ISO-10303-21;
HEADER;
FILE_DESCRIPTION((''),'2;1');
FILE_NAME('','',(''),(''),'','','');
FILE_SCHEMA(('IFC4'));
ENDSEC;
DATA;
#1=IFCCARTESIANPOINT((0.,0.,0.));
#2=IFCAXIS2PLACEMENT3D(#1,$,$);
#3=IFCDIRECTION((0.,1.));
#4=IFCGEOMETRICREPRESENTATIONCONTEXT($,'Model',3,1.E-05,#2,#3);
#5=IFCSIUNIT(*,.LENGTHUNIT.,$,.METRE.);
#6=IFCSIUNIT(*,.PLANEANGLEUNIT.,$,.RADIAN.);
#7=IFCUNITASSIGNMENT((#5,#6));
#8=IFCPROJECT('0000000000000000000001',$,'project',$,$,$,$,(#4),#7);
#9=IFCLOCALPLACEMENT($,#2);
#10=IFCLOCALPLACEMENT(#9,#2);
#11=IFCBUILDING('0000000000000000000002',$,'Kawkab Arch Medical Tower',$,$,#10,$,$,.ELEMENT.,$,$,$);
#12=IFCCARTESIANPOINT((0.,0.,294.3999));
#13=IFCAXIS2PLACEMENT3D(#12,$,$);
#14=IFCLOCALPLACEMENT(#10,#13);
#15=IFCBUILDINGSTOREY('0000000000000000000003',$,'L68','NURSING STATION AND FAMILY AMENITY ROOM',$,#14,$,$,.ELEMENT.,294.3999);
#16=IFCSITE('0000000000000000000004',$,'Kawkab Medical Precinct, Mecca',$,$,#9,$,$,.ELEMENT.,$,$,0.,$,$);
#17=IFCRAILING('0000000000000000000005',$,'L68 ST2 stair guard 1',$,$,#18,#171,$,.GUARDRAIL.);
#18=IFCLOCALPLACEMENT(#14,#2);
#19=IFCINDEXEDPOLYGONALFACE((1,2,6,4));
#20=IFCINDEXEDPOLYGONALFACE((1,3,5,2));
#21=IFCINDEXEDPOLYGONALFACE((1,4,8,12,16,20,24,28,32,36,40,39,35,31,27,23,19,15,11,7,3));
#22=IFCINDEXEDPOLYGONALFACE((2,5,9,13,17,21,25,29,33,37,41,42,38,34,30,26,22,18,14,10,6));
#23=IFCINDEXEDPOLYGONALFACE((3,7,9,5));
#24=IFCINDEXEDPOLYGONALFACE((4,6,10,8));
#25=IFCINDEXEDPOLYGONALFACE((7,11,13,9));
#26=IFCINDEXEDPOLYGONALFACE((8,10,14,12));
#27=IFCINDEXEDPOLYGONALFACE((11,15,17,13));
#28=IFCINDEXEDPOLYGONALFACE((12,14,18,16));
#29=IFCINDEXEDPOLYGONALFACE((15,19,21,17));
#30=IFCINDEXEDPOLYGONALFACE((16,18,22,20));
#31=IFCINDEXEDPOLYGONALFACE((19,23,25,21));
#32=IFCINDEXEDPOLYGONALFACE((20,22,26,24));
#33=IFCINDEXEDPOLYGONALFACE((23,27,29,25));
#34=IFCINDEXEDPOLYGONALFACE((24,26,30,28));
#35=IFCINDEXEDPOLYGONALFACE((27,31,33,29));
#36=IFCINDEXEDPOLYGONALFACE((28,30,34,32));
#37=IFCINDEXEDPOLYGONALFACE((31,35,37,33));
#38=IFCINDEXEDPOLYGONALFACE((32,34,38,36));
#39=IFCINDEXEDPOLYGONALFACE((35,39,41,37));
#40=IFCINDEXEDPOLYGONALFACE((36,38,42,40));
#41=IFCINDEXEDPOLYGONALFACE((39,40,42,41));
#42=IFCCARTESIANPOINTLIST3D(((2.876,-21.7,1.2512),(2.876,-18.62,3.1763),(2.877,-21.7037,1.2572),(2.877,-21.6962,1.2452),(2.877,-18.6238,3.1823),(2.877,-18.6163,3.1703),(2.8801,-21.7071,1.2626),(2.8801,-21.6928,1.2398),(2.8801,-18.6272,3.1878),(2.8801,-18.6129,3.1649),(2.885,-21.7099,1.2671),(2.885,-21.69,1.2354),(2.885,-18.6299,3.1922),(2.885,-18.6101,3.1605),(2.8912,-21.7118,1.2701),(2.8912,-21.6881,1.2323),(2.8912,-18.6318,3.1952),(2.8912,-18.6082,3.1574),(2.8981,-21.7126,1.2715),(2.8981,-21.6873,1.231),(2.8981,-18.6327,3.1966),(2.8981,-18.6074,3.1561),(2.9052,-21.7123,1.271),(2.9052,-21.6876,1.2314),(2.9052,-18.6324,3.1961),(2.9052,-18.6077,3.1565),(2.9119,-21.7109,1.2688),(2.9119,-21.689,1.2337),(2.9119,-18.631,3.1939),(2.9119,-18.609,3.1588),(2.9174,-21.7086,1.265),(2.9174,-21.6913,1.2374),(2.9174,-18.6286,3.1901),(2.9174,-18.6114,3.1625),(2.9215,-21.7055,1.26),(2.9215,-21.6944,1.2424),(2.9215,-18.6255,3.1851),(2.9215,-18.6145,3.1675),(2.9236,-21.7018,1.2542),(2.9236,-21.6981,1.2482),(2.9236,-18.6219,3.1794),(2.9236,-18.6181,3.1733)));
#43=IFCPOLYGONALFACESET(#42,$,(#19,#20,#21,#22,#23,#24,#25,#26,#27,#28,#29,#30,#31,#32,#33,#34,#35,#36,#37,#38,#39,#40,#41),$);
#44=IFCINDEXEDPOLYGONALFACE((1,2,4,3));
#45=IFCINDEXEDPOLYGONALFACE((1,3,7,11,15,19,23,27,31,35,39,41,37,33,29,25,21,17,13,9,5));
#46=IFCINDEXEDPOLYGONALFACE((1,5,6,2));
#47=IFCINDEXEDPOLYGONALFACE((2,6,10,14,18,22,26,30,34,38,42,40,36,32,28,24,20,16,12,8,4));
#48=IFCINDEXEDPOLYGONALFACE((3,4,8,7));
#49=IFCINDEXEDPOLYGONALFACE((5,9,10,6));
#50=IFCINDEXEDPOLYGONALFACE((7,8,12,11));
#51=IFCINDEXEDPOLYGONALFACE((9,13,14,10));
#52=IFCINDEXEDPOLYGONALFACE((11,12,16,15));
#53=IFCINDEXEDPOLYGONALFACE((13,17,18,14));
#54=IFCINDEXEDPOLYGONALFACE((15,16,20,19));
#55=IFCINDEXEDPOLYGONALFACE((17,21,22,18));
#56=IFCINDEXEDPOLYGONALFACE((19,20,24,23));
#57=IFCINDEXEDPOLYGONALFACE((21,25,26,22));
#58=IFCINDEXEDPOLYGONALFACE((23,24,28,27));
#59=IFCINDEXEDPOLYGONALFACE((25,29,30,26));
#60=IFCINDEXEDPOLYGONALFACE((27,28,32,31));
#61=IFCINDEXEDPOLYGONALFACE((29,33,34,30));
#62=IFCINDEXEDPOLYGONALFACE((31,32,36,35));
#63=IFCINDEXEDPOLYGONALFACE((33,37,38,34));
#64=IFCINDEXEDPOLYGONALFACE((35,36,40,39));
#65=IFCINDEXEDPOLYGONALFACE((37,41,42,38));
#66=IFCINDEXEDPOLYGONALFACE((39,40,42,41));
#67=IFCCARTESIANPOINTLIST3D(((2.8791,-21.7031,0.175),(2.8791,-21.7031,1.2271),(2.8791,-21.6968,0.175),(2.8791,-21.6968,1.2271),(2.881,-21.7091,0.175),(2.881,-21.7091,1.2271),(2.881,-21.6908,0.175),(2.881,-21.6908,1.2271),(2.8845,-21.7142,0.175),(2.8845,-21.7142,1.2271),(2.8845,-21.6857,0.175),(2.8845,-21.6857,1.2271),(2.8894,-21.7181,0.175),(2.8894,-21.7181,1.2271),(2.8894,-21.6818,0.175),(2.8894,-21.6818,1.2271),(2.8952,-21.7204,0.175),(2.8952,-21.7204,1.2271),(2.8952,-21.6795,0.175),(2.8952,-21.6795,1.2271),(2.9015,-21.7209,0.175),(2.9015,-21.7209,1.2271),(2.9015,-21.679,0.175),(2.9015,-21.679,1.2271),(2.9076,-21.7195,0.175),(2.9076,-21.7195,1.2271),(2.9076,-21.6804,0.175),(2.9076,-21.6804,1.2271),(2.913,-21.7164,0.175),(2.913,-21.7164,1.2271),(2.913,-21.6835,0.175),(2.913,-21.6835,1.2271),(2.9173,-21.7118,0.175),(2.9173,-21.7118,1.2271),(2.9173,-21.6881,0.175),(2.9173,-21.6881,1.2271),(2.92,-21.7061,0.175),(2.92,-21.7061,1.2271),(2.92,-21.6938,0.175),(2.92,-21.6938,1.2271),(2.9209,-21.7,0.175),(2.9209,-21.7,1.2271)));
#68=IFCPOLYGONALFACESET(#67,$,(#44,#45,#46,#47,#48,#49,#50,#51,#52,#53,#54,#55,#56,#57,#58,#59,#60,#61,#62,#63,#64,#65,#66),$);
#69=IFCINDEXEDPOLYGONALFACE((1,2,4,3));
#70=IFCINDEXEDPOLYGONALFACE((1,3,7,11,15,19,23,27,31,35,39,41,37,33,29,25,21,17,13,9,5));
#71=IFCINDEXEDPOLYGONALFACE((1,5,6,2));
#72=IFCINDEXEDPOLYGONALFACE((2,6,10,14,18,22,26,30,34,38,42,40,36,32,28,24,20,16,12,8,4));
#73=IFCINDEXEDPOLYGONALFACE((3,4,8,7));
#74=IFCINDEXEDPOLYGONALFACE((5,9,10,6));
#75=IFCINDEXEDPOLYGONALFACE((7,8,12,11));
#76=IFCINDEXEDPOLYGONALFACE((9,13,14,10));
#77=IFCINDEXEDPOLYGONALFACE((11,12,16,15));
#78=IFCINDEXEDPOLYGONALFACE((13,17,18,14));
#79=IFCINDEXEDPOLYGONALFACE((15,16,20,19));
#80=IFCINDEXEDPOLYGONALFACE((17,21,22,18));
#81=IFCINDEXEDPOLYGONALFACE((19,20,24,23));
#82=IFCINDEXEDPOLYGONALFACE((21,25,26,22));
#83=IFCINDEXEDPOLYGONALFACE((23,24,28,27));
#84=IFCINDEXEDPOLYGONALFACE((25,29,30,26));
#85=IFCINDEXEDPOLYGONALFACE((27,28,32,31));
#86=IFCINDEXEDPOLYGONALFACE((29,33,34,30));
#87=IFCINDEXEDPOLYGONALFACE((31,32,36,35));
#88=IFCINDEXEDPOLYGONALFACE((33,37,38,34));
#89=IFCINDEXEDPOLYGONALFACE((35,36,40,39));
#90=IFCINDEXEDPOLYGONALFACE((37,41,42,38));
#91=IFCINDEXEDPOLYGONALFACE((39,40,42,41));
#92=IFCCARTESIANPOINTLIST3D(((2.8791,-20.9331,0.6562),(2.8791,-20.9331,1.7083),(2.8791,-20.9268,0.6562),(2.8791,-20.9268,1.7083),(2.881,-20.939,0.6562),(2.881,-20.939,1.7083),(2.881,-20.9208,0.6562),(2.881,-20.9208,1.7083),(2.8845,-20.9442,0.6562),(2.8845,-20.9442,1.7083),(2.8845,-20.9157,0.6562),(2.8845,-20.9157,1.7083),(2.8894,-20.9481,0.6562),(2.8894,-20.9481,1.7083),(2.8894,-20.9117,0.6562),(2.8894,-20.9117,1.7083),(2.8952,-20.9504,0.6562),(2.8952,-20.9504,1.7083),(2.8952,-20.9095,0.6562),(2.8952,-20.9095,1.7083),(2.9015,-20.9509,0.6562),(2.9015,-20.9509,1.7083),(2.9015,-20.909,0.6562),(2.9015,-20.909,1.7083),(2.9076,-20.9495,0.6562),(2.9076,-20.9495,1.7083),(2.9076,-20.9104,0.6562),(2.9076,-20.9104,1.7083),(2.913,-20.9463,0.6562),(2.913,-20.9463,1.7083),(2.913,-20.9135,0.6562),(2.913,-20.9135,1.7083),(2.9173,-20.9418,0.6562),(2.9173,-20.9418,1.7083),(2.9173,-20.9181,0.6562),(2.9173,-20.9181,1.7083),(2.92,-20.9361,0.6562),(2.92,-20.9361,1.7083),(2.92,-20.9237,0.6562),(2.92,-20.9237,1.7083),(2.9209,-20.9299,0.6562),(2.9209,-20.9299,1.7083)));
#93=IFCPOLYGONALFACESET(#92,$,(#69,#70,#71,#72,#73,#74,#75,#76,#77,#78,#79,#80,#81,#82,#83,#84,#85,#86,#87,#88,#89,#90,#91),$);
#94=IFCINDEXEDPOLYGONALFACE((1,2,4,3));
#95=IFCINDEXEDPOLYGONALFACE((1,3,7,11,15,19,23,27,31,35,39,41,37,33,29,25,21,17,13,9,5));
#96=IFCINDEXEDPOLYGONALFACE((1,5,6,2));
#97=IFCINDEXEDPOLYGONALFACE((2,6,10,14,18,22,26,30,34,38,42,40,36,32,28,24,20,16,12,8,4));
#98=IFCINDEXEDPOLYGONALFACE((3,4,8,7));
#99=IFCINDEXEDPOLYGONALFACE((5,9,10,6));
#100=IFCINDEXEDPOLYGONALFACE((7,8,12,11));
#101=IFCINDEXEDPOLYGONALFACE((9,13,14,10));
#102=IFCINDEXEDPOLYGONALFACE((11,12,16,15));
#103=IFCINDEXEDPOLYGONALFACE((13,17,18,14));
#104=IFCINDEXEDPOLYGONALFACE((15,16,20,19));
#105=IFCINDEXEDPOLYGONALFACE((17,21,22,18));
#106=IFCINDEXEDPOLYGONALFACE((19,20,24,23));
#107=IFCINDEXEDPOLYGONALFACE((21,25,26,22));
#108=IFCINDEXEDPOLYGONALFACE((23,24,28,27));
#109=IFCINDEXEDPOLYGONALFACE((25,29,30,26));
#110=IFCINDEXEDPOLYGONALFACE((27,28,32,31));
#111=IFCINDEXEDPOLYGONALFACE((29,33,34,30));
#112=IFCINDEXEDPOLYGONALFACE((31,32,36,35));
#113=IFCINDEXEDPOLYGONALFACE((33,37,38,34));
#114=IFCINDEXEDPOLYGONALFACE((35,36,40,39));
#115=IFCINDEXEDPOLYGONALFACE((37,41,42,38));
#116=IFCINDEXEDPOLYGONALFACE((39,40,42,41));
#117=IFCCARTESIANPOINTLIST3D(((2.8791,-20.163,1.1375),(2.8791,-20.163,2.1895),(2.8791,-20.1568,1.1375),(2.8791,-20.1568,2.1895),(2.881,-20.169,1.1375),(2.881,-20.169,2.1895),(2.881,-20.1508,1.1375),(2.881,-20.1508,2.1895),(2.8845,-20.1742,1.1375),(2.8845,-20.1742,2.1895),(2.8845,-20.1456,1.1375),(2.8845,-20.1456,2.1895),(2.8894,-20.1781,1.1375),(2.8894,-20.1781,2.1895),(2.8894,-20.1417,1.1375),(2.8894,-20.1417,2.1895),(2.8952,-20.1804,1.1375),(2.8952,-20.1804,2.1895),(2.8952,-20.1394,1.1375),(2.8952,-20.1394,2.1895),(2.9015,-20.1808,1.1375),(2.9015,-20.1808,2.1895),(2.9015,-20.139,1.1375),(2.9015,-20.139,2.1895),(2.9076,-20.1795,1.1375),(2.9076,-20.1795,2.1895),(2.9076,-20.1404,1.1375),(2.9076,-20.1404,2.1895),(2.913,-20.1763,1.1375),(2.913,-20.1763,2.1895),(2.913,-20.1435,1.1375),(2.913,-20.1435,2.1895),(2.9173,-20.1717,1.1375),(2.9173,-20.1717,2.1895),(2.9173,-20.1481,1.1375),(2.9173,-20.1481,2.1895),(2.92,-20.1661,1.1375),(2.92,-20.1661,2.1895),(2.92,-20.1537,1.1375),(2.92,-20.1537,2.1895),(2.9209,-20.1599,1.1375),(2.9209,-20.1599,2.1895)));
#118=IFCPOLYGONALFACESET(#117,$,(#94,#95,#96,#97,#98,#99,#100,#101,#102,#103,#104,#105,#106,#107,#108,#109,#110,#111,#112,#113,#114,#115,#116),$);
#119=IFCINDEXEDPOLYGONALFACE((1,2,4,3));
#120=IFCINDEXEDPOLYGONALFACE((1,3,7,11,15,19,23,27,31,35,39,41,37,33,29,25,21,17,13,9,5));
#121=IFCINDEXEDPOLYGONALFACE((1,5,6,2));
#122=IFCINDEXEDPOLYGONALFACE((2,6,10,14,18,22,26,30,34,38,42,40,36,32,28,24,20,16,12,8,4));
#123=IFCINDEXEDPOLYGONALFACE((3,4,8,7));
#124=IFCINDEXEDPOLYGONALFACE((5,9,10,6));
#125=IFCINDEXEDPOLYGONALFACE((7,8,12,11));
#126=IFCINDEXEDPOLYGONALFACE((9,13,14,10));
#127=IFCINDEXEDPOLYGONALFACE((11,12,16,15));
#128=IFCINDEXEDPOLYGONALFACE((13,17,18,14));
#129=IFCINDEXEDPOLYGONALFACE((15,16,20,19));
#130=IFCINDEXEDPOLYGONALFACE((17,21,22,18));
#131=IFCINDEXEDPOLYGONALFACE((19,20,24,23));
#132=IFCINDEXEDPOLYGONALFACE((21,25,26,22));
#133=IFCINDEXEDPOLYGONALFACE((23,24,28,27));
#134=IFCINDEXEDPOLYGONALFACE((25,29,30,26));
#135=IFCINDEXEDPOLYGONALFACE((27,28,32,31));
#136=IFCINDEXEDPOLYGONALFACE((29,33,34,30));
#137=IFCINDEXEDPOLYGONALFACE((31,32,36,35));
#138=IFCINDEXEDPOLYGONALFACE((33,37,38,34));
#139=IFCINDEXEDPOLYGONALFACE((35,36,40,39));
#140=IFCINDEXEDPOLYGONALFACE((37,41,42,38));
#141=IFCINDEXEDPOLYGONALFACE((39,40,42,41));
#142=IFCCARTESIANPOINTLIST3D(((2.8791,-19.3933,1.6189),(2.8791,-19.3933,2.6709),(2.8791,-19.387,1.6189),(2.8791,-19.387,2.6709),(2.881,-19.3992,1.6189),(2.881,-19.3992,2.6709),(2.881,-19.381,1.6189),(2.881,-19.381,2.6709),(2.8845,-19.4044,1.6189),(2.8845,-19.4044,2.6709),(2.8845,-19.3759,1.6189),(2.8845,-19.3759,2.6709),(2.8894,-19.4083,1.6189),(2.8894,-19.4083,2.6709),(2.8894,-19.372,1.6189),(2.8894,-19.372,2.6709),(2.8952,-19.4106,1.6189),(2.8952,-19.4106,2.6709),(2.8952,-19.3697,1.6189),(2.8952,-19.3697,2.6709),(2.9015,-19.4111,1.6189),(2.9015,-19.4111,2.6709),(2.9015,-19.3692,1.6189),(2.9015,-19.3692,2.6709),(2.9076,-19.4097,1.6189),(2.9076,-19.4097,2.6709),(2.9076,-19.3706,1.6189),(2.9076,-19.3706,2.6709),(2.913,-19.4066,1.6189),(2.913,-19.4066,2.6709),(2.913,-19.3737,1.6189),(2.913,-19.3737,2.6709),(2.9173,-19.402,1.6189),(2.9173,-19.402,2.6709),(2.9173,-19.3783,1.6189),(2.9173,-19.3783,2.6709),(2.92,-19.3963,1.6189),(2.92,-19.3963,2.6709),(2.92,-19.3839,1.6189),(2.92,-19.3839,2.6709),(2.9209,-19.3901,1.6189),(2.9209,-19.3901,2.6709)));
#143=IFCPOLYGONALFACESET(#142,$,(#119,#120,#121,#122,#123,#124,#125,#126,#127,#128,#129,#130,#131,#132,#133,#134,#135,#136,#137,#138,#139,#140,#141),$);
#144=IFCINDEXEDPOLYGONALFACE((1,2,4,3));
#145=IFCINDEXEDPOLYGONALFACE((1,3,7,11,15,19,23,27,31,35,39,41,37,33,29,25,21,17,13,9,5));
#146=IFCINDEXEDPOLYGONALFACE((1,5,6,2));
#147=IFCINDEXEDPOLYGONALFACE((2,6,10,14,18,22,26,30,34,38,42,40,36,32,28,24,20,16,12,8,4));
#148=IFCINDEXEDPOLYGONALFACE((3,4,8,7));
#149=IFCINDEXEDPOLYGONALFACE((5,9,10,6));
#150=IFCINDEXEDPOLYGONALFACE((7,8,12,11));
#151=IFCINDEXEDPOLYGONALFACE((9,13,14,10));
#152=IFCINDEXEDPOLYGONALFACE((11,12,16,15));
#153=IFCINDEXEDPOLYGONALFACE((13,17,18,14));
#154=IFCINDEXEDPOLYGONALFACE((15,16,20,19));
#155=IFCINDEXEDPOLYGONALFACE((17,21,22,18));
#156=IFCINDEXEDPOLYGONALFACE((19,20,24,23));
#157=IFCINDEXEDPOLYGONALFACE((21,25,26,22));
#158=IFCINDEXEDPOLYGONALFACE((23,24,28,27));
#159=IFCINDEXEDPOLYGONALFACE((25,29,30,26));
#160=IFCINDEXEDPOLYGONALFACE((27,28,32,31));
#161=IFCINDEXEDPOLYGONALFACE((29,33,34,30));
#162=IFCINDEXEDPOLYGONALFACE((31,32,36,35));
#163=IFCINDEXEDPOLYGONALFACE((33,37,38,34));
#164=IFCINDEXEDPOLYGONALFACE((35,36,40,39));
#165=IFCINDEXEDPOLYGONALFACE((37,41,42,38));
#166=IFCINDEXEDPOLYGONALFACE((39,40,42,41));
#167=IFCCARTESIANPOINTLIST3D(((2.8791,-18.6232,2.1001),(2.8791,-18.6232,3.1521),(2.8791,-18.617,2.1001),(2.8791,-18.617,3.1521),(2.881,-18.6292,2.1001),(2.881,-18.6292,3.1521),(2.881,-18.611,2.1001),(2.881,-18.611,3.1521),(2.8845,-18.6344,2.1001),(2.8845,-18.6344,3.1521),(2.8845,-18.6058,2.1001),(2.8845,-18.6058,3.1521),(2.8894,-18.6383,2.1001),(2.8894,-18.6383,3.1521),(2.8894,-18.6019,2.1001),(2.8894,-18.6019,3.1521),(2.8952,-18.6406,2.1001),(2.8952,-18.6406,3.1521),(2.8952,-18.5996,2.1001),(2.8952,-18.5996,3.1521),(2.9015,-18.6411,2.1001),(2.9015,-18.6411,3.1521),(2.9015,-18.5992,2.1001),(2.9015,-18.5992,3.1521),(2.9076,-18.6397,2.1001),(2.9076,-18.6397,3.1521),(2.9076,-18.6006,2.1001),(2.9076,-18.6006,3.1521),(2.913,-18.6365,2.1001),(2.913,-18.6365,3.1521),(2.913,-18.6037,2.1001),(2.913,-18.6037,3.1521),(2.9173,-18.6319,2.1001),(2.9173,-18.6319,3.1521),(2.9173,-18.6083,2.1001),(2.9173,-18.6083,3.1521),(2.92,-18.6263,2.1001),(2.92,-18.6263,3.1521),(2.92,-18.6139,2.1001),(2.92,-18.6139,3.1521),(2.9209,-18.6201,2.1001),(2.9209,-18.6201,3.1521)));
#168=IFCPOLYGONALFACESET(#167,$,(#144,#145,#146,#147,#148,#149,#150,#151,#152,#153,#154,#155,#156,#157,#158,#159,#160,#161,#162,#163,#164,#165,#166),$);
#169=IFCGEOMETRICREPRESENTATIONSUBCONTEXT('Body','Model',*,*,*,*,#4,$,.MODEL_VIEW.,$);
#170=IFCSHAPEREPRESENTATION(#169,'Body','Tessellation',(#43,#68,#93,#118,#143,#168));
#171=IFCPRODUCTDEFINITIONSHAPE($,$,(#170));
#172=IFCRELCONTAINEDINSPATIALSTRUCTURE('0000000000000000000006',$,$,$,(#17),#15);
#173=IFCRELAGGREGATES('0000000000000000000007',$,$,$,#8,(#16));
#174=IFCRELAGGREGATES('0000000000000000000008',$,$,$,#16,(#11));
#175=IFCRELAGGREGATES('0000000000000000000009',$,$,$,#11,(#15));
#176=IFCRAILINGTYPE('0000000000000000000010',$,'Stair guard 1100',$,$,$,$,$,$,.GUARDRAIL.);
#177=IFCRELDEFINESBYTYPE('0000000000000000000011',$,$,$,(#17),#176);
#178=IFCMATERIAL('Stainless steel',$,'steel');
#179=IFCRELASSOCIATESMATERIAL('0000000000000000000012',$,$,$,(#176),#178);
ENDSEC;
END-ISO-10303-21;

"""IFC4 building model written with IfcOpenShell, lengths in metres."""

from ifc_helpers import new_model, si_unit, direction, frame, origin, origin_2d, place, context, subcontext, project, spatial, circle, extrude, material, type_object, element, save


model = new_model("IFC4")

# Units and contexts
model_context = context("Model", 3, precision=1e-05, world=origin(), true_north=direction((0.0, 1.0)))
body_context = subcontext(model_context, "Body", "Model", "MODEL_VIEW")
ifc_project = project(units=[si_unit("LENGTHUNIT", "METRE"), si_unit("PLANEANGLEUNIT", "RADIAN")], contexts=[model_context])

# Site, building, storey
site_placement = place(None, origin())
site = spatial("IfcSite", under=ifc_project, at=site_placement, Name="Kawkab Medical Precinct, Mecca", CompositionType="ELEMENT", RefElevation=0.0)
building_placement = place(site_placement, origin())
building = spatial("IfcBuilding", under=site, at=building_placement, Name="Kawkab Arch Medical Tower", CompositionType="ELEMENT")
storey_placement = place(building_placement, frame((0.0, 0.0, 294.3999)))
storey = spatial("IfcBuildingStorey", under=building, at=storey_placement, Name="L68", Description="NURSING STATION AND FAMILY AMENITY ROOM", CompositionType="ELEMENT", Elevation=294.3999)

# Railing
ifc_material_1 = material(Name="Stainless steel", Category="steel")
railing_type = type_object("IfcRailingType", Name="Stair guard 1100", PredefinedType="GUARDRAIL", material=ifc_material_1)
railing_1_placement = place(storey_placement, frame((2.8999, -21.7, 0.175)))
element("IfcRailing", 1, at=railing_1_placement, inside=storey, type_object=railing_type, Name="L68 ST2 stair guard 1", PredefinedType="GUARDRAIL", context=body_context, shape_type="SweptSolid", body=[
    extrude(circle(Radius=0.0239, at=origin_2d()), frame((0.0, 0.0, 1.0762), z_axis=(0.0, 0.847979, 0.530029), x_axis=(-1.0, 0.0, 0.0)), (0.0, 0.0, 1.0), 3.6321),
    extrude(circle(Radius=0.021, at=origin_2d()), origin(), (0.0, 0.0, 1.0), 1.052),
    extrude(circle(Radius=0.021, at=origin_2d()), frame((0.0, 0.77, 0.4812)), (0.0, 0.0, 1.0), 1.052),
    extrude(circle(Radius=0.021, at=origin_2d()), frame((0.0, 1.54, 0.9624)), (0.0, 0.0, 1.0), 1.052),
    extrude(circle(Radius=0.021, at=origin_2d()), frame((0.0, 2.3098, 1.4438)), (0.0, 0.0, 1.0), 1.052),
    extrude(circle(Radius=0.021, at=origin_2d()), frame((0.0, 3.0798, 1.925)), (0.0, 0.0, 1.0), 1.052),
])

save(model, "model.ifc")
